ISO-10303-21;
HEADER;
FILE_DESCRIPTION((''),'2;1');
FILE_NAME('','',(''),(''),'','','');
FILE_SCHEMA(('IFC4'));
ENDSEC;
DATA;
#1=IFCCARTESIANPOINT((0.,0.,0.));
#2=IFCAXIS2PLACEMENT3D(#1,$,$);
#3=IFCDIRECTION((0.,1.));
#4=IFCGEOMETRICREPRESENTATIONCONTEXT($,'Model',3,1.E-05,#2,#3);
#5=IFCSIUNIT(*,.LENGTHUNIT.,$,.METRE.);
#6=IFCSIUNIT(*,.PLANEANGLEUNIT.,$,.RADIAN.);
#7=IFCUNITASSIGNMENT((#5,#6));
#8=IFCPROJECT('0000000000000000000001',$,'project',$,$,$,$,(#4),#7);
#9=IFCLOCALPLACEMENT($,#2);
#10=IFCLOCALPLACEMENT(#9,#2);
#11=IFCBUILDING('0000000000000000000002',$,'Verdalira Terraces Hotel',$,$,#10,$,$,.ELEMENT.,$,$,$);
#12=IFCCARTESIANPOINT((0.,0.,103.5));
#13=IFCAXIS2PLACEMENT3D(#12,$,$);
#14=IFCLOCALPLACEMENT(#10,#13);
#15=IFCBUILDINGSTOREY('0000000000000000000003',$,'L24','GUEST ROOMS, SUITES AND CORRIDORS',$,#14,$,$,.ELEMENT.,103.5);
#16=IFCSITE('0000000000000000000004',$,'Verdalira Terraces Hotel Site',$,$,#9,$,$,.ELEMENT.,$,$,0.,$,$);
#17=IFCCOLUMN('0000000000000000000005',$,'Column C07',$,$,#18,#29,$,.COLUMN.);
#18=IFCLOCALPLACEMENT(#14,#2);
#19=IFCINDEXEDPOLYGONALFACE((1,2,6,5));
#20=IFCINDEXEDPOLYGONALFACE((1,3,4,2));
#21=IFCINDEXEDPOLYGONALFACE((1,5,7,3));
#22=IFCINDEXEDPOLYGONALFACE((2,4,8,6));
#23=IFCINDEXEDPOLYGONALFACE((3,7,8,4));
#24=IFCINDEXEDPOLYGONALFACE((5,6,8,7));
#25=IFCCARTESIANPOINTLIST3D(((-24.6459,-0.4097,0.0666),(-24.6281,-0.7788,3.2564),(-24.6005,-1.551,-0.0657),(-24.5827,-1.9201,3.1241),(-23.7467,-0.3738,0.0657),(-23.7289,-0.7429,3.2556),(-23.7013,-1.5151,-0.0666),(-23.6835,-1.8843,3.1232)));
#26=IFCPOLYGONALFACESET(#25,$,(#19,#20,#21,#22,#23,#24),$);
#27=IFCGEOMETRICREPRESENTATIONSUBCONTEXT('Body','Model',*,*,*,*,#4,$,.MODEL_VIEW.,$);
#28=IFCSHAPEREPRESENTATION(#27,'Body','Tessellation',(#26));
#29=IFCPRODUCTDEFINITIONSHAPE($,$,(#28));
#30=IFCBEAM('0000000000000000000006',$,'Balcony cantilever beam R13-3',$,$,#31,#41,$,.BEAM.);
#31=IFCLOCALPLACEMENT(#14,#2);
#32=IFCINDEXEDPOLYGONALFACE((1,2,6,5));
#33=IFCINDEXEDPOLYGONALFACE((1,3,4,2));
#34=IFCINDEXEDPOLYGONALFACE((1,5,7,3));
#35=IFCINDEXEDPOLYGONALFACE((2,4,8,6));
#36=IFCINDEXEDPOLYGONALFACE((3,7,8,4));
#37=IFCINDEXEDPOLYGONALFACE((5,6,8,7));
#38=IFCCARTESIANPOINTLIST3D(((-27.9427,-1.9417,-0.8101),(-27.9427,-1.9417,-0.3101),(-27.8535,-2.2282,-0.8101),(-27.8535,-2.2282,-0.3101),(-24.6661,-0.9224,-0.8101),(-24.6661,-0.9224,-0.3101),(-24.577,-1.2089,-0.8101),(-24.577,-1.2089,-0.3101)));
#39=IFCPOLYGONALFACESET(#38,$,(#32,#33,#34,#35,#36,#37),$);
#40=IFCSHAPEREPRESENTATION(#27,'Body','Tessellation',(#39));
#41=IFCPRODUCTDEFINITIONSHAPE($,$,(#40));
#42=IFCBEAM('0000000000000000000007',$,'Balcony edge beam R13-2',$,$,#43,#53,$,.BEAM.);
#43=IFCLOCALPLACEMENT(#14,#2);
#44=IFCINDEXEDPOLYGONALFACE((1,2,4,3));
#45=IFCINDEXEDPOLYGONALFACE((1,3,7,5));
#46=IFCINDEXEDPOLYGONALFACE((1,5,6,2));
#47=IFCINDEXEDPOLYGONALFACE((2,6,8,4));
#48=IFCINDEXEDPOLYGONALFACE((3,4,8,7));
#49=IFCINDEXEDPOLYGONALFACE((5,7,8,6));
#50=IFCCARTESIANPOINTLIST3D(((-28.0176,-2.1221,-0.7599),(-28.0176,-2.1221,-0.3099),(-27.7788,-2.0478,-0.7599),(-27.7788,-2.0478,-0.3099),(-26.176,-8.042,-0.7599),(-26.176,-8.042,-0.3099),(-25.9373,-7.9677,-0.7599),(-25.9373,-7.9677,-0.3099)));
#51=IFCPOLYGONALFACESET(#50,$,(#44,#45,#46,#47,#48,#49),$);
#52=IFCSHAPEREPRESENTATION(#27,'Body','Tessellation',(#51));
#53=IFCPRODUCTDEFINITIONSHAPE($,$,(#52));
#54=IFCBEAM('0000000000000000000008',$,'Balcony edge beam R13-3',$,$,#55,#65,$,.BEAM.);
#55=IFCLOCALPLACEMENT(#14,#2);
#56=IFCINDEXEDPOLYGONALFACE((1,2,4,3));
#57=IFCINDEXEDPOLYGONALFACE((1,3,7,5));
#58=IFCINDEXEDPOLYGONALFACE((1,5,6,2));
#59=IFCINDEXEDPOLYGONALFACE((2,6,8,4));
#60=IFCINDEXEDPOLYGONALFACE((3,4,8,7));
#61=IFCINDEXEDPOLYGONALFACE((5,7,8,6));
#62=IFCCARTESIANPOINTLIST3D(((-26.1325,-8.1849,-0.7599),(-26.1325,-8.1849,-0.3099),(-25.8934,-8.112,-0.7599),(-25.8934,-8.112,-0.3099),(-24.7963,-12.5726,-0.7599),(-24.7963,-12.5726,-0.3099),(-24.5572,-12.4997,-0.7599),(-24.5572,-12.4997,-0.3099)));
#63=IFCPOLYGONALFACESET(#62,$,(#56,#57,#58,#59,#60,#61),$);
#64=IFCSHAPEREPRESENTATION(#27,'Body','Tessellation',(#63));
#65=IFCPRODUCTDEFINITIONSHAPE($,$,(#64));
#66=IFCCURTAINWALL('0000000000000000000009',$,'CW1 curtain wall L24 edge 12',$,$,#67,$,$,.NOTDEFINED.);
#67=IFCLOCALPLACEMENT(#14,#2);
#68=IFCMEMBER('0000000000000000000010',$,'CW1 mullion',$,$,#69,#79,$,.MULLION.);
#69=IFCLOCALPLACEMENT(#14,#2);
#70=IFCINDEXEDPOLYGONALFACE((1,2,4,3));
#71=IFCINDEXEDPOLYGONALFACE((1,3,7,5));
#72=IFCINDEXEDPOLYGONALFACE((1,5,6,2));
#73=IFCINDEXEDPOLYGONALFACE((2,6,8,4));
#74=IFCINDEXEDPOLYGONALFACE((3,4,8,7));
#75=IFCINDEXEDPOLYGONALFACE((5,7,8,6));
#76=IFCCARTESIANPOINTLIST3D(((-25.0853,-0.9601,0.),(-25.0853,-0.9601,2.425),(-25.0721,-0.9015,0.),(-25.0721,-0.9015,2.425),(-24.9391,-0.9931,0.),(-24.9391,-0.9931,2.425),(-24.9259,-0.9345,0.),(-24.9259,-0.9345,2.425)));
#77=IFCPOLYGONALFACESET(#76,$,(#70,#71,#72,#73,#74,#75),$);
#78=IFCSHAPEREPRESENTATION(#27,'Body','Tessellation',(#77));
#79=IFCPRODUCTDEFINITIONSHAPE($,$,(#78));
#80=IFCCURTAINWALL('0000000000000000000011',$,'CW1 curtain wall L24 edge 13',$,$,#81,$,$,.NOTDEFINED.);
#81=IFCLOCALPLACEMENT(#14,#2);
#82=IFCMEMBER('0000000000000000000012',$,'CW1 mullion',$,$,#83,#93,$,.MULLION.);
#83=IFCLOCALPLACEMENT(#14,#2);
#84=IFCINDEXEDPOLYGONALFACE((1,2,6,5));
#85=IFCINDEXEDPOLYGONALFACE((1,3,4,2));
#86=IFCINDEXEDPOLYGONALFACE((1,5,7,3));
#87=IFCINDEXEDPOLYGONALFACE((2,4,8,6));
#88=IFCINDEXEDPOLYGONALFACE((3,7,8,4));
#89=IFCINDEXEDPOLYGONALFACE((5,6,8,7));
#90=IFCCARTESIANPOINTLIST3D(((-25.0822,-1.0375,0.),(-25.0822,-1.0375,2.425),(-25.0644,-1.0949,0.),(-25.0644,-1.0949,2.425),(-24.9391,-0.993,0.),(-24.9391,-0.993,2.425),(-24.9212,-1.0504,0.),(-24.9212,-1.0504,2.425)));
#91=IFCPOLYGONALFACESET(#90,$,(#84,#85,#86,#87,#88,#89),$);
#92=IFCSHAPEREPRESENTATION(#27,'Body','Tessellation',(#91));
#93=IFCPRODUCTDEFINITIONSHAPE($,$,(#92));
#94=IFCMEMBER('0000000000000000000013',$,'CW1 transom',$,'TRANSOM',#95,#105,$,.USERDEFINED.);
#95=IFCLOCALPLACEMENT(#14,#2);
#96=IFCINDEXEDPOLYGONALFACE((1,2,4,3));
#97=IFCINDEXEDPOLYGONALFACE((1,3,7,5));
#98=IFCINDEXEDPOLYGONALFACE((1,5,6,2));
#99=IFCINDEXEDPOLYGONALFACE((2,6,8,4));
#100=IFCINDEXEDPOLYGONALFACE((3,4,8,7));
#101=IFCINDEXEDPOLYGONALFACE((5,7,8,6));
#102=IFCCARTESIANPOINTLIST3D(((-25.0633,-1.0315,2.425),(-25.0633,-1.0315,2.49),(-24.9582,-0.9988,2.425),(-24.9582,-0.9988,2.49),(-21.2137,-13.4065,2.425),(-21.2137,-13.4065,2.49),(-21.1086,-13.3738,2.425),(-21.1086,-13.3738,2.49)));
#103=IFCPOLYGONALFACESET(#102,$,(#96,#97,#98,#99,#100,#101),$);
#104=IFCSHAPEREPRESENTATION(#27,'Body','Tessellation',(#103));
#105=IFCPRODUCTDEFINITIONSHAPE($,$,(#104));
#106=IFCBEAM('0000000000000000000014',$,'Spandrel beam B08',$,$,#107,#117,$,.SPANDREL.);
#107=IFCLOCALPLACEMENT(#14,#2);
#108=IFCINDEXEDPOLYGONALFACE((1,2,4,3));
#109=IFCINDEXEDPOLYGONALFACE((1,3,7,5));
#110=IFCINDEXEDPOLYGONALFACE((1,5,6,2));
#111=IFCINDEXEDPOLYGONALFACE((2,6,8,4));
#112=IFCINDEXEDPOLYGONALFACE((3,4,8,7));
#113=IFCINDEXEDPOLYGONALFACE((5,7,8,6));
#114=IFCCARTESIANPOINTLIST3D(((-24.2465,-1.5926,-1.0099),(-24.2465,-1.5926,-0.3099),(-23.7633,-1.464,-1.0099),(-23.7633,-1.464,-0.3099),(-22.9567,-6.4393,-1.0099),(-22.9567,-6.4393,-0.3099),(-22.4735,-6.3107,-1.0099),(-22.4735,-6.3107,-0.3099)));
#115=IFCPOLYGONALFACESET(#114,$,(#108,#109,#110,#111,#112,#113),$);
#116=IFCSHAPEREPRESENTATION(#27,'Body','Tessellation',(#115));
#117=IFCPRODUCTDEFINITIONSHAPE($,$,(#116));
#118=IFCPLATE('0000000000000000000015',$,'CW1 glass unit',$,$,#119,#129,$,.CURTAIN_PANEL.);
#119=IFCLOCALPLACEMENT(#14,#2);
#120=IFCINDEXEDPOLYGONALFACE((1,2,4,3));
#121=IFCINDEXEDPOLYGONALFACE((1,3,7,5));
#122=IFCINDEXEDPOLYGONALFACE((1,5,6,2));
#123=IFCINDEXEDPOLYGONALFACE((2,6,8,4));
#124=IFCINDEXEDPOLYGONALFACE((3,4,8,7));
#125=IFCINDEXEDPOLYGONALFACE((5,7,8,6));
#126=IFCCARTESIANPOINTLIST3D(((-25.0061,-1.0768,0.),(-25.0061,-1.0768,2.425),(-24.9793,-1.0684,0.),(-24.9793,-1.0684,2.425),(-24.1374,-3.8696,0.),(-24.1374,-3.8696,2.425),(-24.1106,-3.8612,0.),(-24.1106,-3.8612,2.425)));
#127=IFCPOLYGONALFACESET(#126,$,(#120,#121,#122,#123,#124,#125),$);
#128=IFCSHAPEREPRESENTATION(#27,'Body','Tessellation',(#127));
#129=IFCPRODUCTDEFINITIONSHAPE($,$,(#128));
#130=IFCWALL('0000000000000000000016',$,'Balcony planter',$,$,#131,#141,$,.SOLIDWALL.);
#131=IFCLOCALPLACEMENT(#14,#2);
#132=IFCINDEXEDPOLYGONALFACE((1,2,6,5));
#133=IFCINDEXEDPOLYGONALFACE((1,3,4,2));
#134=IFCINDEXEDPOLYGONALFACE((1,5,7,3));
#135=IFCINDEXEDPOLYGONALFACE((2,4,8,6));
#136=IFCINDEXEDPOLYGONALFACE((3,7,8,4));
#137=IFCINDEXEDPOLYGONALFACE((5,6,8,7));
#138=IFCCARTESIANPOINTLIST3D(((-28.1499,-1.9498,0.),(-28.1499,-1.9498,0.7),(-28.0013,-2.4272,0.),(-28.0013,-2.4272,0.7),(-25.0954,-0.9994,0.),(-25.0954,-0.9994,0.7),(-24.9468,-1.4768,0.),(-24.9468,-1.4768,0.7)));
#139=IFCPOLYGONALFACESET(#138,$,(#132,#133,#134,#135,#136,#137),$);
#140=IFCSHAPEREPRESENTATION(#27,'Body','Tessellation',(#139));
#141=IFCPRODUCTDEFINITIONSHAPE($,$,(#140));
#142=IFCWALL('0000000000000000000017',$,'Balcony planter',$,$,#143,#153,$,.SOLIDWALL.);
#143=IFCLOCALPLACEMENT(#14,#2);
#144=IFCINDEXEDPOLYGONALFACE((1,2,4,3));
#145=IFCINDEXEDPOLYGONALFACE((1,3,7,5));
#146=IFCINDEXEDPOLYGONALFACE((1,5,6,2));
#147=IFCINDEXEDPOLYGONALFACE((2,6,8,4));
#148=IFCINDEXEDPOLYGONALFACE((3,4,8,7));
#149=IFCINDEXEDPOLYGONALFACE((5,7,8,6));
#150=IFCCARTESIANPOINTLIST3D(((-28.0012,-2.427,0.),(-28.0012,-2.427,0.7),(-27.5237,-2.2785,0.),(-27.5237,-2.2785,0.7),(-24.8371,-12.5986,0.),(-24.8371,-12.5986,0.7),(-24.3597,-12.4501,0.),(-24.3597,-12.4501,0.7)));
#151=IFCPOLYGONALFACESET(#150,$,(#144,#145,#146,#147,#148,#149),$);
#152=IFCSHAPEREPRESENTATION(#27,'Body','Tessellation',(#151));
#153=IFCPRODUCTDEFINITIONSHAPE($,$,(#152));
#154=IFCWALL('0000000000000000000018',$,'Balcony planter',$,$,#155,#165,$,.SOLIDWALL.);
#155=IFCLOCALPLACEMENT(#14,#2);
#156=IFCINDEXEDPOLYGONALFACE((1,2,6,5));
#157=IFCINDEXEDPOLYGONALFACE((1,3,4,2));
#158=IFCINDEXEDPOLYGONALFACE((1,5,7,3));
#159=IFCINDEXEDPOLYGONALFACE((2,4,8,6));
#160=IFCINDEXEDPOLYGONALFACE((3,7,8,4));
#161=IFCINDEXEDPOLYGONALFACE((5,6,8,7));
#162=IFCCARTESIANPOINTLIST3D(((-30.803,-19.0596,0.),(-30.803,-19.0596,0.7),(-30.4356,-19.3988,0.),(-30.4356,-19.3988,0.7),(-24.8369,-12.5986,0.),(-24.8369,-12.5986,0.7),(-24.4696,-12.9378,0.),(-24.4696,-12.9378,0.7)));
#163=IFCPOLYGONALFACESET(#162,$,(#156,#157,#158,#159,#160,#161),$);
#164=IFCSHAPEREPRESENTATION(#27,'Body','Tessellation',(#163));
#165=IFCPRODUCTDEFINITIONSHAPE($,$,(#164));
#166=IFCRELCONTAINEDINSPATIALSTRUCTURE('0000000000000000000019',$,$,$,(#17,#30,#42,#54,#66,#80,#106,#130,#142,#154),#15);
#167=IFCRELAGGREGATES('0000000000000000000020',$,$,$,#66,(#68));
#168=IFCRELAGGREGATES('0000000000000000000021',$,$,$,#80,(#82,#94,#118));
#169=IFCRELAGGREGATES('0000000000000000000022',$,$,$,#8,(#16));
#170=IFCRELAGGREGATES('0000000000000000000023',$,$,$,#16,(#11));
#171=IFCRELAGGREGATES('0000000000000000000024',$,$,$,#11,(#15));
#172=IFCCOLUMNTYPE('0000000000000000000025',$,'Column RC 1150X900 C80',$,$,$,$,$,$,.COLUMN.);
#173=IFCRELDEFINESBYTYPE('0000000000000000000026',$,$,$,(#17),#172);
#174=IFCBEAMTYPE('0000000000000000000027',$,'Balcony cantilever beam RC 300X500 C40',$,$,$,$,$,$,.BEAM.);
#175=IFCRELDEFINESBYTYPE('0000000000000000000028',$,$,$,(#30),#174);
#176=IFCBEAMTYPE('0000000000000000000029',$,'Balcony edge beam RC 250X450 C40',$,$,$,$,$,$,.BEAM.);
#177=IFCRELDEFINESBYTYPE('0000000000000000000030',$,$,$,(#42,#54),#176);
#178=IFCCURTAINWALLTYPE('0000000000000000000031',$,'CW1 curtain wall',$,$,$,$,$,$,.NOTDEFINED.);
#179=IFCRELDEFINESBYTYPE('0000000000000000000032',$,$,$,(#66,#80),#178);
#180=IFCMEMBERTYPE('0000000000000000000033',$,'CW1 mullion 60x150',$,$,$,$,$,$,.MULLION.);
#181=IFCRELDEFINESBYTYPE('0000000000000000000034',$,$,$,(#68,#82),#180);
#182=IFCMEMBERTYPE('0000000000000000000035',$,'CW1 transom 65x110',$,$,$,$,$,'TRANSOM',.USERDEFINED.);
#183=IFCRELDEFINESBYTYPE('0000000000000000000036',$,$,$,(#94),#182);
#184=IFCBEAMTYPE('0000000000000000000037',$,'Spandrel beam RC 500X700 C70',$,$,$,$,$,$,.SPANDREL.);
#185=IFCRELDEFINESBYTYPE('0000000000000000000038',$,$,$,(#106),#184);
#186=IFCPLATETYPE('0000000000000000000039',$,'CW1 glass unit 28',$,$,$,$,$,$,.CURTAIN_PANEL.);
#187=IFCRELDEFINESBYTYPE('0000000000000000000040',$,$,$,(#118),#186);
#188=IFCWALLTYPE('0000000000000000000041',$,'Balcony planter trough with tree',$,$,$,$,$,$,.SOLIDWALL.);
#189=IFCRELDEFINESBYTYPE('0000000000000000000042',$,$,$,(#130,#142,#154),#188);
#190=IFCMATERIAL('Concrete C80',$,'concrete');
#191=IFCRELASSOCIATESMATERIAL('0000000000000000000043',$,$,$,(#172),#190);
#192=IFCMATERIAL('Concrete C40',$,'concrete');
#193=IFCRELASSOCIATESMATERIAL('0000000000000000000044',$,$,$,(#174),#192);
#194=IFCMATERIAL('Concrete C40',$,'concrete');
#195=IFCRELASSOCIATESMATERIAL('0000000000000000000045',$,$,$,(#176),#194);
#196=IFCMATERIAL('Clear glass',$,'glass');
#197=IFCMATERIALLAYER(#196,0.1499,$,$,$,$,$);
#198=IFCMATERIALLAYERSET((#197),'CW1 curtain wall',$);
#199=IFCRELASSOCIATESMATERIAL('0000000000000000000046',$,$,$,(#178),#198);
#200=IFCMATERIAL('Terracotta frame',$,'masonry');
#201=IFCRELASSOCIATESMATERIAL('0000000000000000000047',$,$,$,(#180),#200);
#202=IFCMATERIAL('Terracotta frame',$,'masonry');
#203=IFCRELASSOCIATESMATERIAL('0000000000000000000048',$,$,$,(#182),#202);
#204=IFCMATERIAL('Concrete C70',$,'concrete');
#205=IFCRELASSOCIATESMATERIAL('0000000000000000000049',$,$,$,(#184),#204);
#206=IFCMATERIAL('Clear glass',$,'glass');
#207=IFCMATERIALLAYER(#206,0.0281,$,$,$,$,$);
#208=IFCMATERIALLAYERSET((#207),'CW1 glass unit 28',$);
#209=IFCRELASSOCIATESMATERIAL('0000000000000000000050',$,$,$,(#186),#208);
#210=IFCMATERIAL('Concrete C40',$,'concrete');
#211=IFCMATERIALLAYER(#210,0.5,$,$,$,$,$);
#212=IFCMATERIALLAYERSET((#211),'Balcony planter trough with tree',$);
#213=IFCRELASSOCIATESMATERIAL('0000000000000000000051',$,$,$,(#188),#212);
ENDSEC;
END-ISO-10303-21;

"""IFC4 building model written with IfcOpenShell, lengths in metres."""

from ifc_helpers import new_model, si_unit, direction, frame, frame_2d, origin, origin_2d, place, context, subcontext, project, spatial, rectangle, extrude, material, layer, layer_set, material_profile, profile_set, type_object, element, aggregate, save


model = new_model("IFC4")

# Units and contexts
model_context = context("Model", 3, precision=1e-05, world=origin(), true_north=direction((0.0, 1.0)))
body_context = subcontext(model_context, "Body", "Model", "MODEL_VIEW")
ifc_project = project(units=[si_unit("LENGTHUNIT", "METRE"), si_unit("PLANEANGLEUNIT", "RADIAN")], contexts=[model_context])

# Site, building, storey
site_placement = place(None, origin())
site = spatial("IfcSite", under=ifc_project, at=site_placement, Name="Verdalira Terraces Hotel Site", CompositionType="ELEMENT", RefElevation=0.0)
building_placement = place(site_placement, origin())
building = spatial("IfcBuilding", under=site, at=building_placement, Name="Verdalira Terraces Hotel", CompositionType="ELEMENT")
storey_placement = place(building_placement, frame((0.0, 0.0, 103.5)))
storey = spatial("IfcBuildingStorey", under=building, at=storey_placement, Name="L24", Description="GUEST ROOMS, SUITES AND CORRIDORS", CompositionType="ELEMENT", Elevation=103.5)

# Column
ifc_material_1 = material(Name="Concrete C80", Category="concrete")
ifc_material_profile_1 = material_profile(ifc_material_1, rectangle(XDim=1.1499, YDim=0.8999, at=origin_2d()), Name="RC 1150X900")
ifc_profile_set_1 = profile_set([ifc_material_profile_1], Name="Concrete C80")
column_type = type_object("IfcColumnType", Name="Column RC 1150X900 C80", PredefinedType="COLUMN", material=ifc_profile_set_1)
column_placement = place(storey_placement, frame((-24.1736, -0.9624, 0.0), z_axis=(0.00555, -0.114951, 0.993356), x_axis=(-0.039479, 0.992571, 0.115081)))
element("IfcColumn", 1, at=column_placement, inside=storey, type_object=column_type, Name="Column C07", PredefinedType="COLUMN", context=body_context, shape_type="SweptSolid", body=[
    extrude(rectangle(XDim=1.1499, YDim=0.8999, at=origin_2d()), origin(), (0.0, 0.0, 1.0), 3.2112),
])

# Beams
ifc_material_2 = material(Name="Concrete C40", Category="concrete")
ifc_material_profile_2 = material_profile(ifc_material_2, rectangle(XDim=0.3, YDim=0.5, at=origin_2d()), Name="RC 300X500")
ifc_profile_set_2 = profile_set([ifc_material_profile_2], Name="Concrete C40")
beam_type_1 = type_object("IfcBeamType", Name="Balcony cantilever beam RC 300X500 C40", PredefinedType="BEAM", material=ifc_profile_set_2)
beam_1_placement = place(storey_placement, frame((-24.6216, -1.0657, -0.5601), z_axis=(-0.954865, -0.297039, 0.0), x_axis=(0.297039, -0.954865, 0.0)))
element("IfcBeam", 2, at=beam_1_placement, inside=storey, type_object=beam_type_1, Name="Balcony cantilever beam R13-3", PredefinedType="BEAM", context=body_context, shape_type="SweptSolid", body=[
    extrude(rectangle(XDim=0.3, YDim=0.5, at=origin_2d()), origin(), (0.0, 0.0, 1.0), 3.4314),
])
ifc_material_3 = material(Name="Concrete C40", Category="concrete")
ifc_material_profile_3 = material_profile(ifc_material_3, rectangle(XDim=0.25, YDim=0.45, at=origin_2d()), Name="RC 250X450")
ifc_profile_set_3 = profile_set([ifc_material_profile_3], Name="Concrete C40")
beam_type_2 = type_object("IfcBeamType", Name="Balcony edge beam RC 250X450 C40", PredefinedType="BEAM", material=ifc_profile_set_3)
beam_2_placement = place(storey_placement, frame((-27.8982, -2.085, -0.5349), z_axis=(0.297037, -0.954866, 0.0), x_axis=(0.954866, 0.297037, 0.0)))
element("IfcBeam", 3, at=beam_2_placement, inside=storey, type_object=beam_type_2, Name="Balcony edge beam R13-2", PredefinedType="BEAM", context=body_context, shape_type="SweptSolid", body=[
    extrude(rectangle(XDim=0.25, YDim=0.45, at=origin_2d()), origin(), (0.0, 0.0, 1.0), 6.1997),
])
beam_3_placement = place(storey_placement, frame((-26.0129, -8.1484, -0.5349), z_axis=(0.29132, -0.956626, 0.0), x_axis=(0.956626, 0.29132, 0.0)))
element("IfcBeam", 4, at=beam_3_placement, inside=storey, type_object=beam_type_2, Name="Balcony edge beam R13-3", PredefinedType="BEAM", context=body_context, shape_type="SweptSolid", body=[
    extrude(rectangle(XDim=0.25, YDim=0.45, at=origin_2d()), origin(), (0.0, 0.0, 1.0), 4.5867),
])

# Curtain wall, member
ifc_material_4 = material(Name="Clear glass", Category="glass")
ifc_layer_1 = layer(ifc_material_4, 0.1499)
ifc_layer_set_1 = layer_set([ifc_layer_1], Name="CW1 curtain wall")
curtain_wall_type = type_object("IfcCurtainWallType", Name="CW1 curtain wall", PredefinedType="NOTDEFINED", material=ifc_layer_set_1)
curtain_wall_1_placement = place(storey_placement, origin())
curtain_wall_1 = element("IfcCurtainWall", 5, at=curtain_wall_1_placement, inside=storey, type_object=curtain_wall_type, Name="CW1 curtain wall L24 edge 12", PredefinedType="NOTDEFINED")
ifc_material_5 = material(Name="Terracotta frame", Category="masonry")
ifc_material_profile_4 = material_profile(ifc_material_5, rectangle(XDim=0.0601, YDim=0.1499, at=origin_2d()), Name="MU 60x150")
ifc_profile_set_4 = profile_set([ifc_material_profile_4], Name="Terracotta frame")
member_type_1 = type_object("IfcMemberType", Name="CW1 mullion 60x150", PredefinedType="MULLION", material=ifc_profile_set_4)
member_1_placement = place(storey_placement, frame((-25.0056, -0.9473, 0.0), z_axis=(0.0, 0.0, 1.0), x_axis=(-0.220187, -0.975458, 0.0)))
member_1 = element("IfcMember", 6, at=member_1_placement, type_object=member_type_1, Name="CW1 mullion", PredefinedType="MULLION", context=body_context, shape_type="SweptSolid", body=[
    extrude(rectangle(XDim=0.0601, YDim=0.1499, at=origin_2d()), origin(), (0.0, 0.0, 1.0), 2.425),
])
aggregate(curtain_wall_1, [member_1])

# Curtain wall, members
curtain_wall_2_placement = place(storey_placement, origin())
curtain_wall_2 = element("IfcCurtainWall", 7, at=curtain_wall_2_placement, inside=storey, type_object=curtain_wall_type, Name="CW1 curtain wall L24 edge 13", PredefinedType="NOTDEFINED")
member_2_placement = place(storey_placement, frame((-25.0017, -1.0439, 0.0), z_axis=(0.0, 0.0, 1.0), x_axis=(0.297042, -0.954865, 0.0)))
member_2 = element("IfcMember", 8, at=member_2_placement, type_object=member_type_1, Name="CW1 mullion", PredefinedType="MULLION", context=body_context, shape_type="SweptSolid", body=[
    extrude(rectangle(XDim=0.0601, YDim=0.1499, at=origin_2d()), origin(), (0.0, 0.0, 1.0), 2.425),
])
ifc_material_6 = material(Name="Terracotta frame", Category="masonry")
ifc_material_profile_5 = material_profile(ifc_material_6, rectangle(XDim=0.1101, YDim=0.0649, at=origin_2d()), Name="TR 65x110")
ifc_profile_set_5 = profile_set([ifc_material_profile_5], Name="Terracotta frame")
member_type_2 = type_object("IfcMemberType", Name="CW1 transom 65x110", ElementType="TRANSOM", PredefinedType="USERDEFINED", material=ifc_profile_set_5)
member_3_placement = place(storey_placement, frame((-25.0107, -1.0151, 2.4575), z_axis=(0.297039, -0.954865, 0.0), x_axis=(0.954865, 0.297039, 0.0)))
member_3 = element("IfcMember", 9, at=member_3_placement, type_object=member_type_2, Name="CW1 transom", ObjectType="TRANSOM", PredefinedType="USERDEFINED", context=body_context, shape_type="SweptSolid", body=[
    extrude(rectangle(XDim=0.1101, YDim=0.0649, at=origin_2d()), origin(), (0.0, 0.0, 1.0), 12.96),
])

# Beam
ifc_material_7 = material(Name="Concrete C70", Category="concrete")
ifc_material_profile_6 = material_profile(ifc_material_7, rectangle(XDim=0.5, YDim=0.7, at=origin_2d()), Name="RC 500X700")
ifc_profile_set_6 = profile_set([ifc_material_profile_6], Name="Concrete C70")
beam_type_3 = type_object("IfcBeamType", Name="Spandrel beam RC 500X700 C70", PredefinedType="SPANDREL", material=ifc_profile_set_6)
beam_4_placement = place(storey_placement, frame((-24.0049, -1.5283, -0.6599), z_axis=(0.257169, -0.966367, 0.0), x_axis=(0.966367, 0.257169, 0.0)))
element("IfcBeam", 10, at=beam_4_placement, inside=storey, type_object=beam_type_3, Name="Spandrel beam B08", PredefinedType="SPANDREL", context=body_context, shape_type="SweptSolid", body=[
    extrude(rectangle(XDim=0.5, YDim=0.7, at=origin_2d()), origin(), (0.0, 0.0, 1.0), 5.0154),
])

# Plate
ifc_material_8 = material(Name="Clear glass", Category="glass")
ifc_layer_2 = layer(ifc_material_8, 0.0281)
ifc_layer_set_2 = layer_set([ifc_layer_2], Name="CW1 glass unit 28")
plate_type = type_object("IfcPlateType", Name="CW1 glass unit 28", PredefinedType="CURTAIN_PANEL", material=ifc_layer_set_2)
plate_placement = place(storey_placement, frame((-24.5584, -2.469, 0.0), z_axis=(0.0, 0.0, 1.0), x_axis=(0.297042, -0.954865, 0.0)))
plate = element("IfcPlate", 11, at=plate_placement, type_object=plate_type, Name="CW1 glass unit", PredefinedType="CURTAIN_PANEL", context=body_context, shape_type="SweptSolid", body=[
    extrude(rectangle(XDim=2.9248, YDim=0.0281, at=origin_2d()), origin(), (0.0, 0.0, 1.0), 2.425),
])
aggregate(curtain_wall_2, [member_2, member_3, plate])

# Walls
ifc_material_9 = material(Name="Concrete C40", Category="concrete")
ifc_layer_3 = layer(ifc_material_9, 0.5)
ifc_layer_set_3 = layer_set([ifc_layer_3], Name="Balcony planter trough with tree")
wall_type_1 = type_object("IfcWallType", Name="Balcony planter trough with tree", PredefinedType="SOLIDWALL", material=ifc_layer_set_3)
wall_1_placement = place(storey_placement, frame((-25.021, -1.238, 0.0), z_axis=(0.0, 0.0, 1.0), x_axis=(-0.954842, -0.297114, 0.0)))
element("IfcWall", 12, at=wall_1_placement, inside=storey, type_object=wall_type_1, Name="Balcony planter", PredefinedType="SOLIDWALL", context=body_context, shape_type="SweptSolid", body=[
    extrude(rectangle(XDim=3.199, YDim=0.5, at=frame_2d((1.5996, 0.0))), origin(), (0.0, 0.0, 1.0), 0.7),
])
wall_2_placement = place(storey_placement, frame((-27.7625, -2.3528, 0.0), z_axis=(0.0, 0.0, 1.0), x_axis=(0.297028, -0.954869, 0.0)))
element("IfcWall", 13, at=wall_2_placement, inside=storey, type_object=wall_type_1, Name="Balcony planter", PredefinedType="SOLIDWALL", context=body_context, shape_type="SweptSolid", body=[
    extrude(rectangle(XDim=10.6523, YDim=0.5, at=frame_2d((5.3262, 0.0))), origin(), (0.0, 0.0, 1.0), 0.7),
])
wall_3_placement = place(storey_placement, frame((-24.6533, -12.7683, 0.0), z_axis=(0.0, 0.0, 1.0), x_axis=(-0.67841, -0.734683, 0.0)))
element("IfcWall", 14, at=wall_3_placement, inside=storey, type_object=wall_type_1, Name="Balcony planter", PredefinedType="SOLIDWALL", context=body_context, shape_type="SweptSolid", body=[
    extrude(rectangle(XDim=8.7942, YDim=0.5, at=frame_2d((4.397, 0.0))), origin(), (0.0, 0.0, 1.0), 0.7),
])

save(model, "model.ifc")
